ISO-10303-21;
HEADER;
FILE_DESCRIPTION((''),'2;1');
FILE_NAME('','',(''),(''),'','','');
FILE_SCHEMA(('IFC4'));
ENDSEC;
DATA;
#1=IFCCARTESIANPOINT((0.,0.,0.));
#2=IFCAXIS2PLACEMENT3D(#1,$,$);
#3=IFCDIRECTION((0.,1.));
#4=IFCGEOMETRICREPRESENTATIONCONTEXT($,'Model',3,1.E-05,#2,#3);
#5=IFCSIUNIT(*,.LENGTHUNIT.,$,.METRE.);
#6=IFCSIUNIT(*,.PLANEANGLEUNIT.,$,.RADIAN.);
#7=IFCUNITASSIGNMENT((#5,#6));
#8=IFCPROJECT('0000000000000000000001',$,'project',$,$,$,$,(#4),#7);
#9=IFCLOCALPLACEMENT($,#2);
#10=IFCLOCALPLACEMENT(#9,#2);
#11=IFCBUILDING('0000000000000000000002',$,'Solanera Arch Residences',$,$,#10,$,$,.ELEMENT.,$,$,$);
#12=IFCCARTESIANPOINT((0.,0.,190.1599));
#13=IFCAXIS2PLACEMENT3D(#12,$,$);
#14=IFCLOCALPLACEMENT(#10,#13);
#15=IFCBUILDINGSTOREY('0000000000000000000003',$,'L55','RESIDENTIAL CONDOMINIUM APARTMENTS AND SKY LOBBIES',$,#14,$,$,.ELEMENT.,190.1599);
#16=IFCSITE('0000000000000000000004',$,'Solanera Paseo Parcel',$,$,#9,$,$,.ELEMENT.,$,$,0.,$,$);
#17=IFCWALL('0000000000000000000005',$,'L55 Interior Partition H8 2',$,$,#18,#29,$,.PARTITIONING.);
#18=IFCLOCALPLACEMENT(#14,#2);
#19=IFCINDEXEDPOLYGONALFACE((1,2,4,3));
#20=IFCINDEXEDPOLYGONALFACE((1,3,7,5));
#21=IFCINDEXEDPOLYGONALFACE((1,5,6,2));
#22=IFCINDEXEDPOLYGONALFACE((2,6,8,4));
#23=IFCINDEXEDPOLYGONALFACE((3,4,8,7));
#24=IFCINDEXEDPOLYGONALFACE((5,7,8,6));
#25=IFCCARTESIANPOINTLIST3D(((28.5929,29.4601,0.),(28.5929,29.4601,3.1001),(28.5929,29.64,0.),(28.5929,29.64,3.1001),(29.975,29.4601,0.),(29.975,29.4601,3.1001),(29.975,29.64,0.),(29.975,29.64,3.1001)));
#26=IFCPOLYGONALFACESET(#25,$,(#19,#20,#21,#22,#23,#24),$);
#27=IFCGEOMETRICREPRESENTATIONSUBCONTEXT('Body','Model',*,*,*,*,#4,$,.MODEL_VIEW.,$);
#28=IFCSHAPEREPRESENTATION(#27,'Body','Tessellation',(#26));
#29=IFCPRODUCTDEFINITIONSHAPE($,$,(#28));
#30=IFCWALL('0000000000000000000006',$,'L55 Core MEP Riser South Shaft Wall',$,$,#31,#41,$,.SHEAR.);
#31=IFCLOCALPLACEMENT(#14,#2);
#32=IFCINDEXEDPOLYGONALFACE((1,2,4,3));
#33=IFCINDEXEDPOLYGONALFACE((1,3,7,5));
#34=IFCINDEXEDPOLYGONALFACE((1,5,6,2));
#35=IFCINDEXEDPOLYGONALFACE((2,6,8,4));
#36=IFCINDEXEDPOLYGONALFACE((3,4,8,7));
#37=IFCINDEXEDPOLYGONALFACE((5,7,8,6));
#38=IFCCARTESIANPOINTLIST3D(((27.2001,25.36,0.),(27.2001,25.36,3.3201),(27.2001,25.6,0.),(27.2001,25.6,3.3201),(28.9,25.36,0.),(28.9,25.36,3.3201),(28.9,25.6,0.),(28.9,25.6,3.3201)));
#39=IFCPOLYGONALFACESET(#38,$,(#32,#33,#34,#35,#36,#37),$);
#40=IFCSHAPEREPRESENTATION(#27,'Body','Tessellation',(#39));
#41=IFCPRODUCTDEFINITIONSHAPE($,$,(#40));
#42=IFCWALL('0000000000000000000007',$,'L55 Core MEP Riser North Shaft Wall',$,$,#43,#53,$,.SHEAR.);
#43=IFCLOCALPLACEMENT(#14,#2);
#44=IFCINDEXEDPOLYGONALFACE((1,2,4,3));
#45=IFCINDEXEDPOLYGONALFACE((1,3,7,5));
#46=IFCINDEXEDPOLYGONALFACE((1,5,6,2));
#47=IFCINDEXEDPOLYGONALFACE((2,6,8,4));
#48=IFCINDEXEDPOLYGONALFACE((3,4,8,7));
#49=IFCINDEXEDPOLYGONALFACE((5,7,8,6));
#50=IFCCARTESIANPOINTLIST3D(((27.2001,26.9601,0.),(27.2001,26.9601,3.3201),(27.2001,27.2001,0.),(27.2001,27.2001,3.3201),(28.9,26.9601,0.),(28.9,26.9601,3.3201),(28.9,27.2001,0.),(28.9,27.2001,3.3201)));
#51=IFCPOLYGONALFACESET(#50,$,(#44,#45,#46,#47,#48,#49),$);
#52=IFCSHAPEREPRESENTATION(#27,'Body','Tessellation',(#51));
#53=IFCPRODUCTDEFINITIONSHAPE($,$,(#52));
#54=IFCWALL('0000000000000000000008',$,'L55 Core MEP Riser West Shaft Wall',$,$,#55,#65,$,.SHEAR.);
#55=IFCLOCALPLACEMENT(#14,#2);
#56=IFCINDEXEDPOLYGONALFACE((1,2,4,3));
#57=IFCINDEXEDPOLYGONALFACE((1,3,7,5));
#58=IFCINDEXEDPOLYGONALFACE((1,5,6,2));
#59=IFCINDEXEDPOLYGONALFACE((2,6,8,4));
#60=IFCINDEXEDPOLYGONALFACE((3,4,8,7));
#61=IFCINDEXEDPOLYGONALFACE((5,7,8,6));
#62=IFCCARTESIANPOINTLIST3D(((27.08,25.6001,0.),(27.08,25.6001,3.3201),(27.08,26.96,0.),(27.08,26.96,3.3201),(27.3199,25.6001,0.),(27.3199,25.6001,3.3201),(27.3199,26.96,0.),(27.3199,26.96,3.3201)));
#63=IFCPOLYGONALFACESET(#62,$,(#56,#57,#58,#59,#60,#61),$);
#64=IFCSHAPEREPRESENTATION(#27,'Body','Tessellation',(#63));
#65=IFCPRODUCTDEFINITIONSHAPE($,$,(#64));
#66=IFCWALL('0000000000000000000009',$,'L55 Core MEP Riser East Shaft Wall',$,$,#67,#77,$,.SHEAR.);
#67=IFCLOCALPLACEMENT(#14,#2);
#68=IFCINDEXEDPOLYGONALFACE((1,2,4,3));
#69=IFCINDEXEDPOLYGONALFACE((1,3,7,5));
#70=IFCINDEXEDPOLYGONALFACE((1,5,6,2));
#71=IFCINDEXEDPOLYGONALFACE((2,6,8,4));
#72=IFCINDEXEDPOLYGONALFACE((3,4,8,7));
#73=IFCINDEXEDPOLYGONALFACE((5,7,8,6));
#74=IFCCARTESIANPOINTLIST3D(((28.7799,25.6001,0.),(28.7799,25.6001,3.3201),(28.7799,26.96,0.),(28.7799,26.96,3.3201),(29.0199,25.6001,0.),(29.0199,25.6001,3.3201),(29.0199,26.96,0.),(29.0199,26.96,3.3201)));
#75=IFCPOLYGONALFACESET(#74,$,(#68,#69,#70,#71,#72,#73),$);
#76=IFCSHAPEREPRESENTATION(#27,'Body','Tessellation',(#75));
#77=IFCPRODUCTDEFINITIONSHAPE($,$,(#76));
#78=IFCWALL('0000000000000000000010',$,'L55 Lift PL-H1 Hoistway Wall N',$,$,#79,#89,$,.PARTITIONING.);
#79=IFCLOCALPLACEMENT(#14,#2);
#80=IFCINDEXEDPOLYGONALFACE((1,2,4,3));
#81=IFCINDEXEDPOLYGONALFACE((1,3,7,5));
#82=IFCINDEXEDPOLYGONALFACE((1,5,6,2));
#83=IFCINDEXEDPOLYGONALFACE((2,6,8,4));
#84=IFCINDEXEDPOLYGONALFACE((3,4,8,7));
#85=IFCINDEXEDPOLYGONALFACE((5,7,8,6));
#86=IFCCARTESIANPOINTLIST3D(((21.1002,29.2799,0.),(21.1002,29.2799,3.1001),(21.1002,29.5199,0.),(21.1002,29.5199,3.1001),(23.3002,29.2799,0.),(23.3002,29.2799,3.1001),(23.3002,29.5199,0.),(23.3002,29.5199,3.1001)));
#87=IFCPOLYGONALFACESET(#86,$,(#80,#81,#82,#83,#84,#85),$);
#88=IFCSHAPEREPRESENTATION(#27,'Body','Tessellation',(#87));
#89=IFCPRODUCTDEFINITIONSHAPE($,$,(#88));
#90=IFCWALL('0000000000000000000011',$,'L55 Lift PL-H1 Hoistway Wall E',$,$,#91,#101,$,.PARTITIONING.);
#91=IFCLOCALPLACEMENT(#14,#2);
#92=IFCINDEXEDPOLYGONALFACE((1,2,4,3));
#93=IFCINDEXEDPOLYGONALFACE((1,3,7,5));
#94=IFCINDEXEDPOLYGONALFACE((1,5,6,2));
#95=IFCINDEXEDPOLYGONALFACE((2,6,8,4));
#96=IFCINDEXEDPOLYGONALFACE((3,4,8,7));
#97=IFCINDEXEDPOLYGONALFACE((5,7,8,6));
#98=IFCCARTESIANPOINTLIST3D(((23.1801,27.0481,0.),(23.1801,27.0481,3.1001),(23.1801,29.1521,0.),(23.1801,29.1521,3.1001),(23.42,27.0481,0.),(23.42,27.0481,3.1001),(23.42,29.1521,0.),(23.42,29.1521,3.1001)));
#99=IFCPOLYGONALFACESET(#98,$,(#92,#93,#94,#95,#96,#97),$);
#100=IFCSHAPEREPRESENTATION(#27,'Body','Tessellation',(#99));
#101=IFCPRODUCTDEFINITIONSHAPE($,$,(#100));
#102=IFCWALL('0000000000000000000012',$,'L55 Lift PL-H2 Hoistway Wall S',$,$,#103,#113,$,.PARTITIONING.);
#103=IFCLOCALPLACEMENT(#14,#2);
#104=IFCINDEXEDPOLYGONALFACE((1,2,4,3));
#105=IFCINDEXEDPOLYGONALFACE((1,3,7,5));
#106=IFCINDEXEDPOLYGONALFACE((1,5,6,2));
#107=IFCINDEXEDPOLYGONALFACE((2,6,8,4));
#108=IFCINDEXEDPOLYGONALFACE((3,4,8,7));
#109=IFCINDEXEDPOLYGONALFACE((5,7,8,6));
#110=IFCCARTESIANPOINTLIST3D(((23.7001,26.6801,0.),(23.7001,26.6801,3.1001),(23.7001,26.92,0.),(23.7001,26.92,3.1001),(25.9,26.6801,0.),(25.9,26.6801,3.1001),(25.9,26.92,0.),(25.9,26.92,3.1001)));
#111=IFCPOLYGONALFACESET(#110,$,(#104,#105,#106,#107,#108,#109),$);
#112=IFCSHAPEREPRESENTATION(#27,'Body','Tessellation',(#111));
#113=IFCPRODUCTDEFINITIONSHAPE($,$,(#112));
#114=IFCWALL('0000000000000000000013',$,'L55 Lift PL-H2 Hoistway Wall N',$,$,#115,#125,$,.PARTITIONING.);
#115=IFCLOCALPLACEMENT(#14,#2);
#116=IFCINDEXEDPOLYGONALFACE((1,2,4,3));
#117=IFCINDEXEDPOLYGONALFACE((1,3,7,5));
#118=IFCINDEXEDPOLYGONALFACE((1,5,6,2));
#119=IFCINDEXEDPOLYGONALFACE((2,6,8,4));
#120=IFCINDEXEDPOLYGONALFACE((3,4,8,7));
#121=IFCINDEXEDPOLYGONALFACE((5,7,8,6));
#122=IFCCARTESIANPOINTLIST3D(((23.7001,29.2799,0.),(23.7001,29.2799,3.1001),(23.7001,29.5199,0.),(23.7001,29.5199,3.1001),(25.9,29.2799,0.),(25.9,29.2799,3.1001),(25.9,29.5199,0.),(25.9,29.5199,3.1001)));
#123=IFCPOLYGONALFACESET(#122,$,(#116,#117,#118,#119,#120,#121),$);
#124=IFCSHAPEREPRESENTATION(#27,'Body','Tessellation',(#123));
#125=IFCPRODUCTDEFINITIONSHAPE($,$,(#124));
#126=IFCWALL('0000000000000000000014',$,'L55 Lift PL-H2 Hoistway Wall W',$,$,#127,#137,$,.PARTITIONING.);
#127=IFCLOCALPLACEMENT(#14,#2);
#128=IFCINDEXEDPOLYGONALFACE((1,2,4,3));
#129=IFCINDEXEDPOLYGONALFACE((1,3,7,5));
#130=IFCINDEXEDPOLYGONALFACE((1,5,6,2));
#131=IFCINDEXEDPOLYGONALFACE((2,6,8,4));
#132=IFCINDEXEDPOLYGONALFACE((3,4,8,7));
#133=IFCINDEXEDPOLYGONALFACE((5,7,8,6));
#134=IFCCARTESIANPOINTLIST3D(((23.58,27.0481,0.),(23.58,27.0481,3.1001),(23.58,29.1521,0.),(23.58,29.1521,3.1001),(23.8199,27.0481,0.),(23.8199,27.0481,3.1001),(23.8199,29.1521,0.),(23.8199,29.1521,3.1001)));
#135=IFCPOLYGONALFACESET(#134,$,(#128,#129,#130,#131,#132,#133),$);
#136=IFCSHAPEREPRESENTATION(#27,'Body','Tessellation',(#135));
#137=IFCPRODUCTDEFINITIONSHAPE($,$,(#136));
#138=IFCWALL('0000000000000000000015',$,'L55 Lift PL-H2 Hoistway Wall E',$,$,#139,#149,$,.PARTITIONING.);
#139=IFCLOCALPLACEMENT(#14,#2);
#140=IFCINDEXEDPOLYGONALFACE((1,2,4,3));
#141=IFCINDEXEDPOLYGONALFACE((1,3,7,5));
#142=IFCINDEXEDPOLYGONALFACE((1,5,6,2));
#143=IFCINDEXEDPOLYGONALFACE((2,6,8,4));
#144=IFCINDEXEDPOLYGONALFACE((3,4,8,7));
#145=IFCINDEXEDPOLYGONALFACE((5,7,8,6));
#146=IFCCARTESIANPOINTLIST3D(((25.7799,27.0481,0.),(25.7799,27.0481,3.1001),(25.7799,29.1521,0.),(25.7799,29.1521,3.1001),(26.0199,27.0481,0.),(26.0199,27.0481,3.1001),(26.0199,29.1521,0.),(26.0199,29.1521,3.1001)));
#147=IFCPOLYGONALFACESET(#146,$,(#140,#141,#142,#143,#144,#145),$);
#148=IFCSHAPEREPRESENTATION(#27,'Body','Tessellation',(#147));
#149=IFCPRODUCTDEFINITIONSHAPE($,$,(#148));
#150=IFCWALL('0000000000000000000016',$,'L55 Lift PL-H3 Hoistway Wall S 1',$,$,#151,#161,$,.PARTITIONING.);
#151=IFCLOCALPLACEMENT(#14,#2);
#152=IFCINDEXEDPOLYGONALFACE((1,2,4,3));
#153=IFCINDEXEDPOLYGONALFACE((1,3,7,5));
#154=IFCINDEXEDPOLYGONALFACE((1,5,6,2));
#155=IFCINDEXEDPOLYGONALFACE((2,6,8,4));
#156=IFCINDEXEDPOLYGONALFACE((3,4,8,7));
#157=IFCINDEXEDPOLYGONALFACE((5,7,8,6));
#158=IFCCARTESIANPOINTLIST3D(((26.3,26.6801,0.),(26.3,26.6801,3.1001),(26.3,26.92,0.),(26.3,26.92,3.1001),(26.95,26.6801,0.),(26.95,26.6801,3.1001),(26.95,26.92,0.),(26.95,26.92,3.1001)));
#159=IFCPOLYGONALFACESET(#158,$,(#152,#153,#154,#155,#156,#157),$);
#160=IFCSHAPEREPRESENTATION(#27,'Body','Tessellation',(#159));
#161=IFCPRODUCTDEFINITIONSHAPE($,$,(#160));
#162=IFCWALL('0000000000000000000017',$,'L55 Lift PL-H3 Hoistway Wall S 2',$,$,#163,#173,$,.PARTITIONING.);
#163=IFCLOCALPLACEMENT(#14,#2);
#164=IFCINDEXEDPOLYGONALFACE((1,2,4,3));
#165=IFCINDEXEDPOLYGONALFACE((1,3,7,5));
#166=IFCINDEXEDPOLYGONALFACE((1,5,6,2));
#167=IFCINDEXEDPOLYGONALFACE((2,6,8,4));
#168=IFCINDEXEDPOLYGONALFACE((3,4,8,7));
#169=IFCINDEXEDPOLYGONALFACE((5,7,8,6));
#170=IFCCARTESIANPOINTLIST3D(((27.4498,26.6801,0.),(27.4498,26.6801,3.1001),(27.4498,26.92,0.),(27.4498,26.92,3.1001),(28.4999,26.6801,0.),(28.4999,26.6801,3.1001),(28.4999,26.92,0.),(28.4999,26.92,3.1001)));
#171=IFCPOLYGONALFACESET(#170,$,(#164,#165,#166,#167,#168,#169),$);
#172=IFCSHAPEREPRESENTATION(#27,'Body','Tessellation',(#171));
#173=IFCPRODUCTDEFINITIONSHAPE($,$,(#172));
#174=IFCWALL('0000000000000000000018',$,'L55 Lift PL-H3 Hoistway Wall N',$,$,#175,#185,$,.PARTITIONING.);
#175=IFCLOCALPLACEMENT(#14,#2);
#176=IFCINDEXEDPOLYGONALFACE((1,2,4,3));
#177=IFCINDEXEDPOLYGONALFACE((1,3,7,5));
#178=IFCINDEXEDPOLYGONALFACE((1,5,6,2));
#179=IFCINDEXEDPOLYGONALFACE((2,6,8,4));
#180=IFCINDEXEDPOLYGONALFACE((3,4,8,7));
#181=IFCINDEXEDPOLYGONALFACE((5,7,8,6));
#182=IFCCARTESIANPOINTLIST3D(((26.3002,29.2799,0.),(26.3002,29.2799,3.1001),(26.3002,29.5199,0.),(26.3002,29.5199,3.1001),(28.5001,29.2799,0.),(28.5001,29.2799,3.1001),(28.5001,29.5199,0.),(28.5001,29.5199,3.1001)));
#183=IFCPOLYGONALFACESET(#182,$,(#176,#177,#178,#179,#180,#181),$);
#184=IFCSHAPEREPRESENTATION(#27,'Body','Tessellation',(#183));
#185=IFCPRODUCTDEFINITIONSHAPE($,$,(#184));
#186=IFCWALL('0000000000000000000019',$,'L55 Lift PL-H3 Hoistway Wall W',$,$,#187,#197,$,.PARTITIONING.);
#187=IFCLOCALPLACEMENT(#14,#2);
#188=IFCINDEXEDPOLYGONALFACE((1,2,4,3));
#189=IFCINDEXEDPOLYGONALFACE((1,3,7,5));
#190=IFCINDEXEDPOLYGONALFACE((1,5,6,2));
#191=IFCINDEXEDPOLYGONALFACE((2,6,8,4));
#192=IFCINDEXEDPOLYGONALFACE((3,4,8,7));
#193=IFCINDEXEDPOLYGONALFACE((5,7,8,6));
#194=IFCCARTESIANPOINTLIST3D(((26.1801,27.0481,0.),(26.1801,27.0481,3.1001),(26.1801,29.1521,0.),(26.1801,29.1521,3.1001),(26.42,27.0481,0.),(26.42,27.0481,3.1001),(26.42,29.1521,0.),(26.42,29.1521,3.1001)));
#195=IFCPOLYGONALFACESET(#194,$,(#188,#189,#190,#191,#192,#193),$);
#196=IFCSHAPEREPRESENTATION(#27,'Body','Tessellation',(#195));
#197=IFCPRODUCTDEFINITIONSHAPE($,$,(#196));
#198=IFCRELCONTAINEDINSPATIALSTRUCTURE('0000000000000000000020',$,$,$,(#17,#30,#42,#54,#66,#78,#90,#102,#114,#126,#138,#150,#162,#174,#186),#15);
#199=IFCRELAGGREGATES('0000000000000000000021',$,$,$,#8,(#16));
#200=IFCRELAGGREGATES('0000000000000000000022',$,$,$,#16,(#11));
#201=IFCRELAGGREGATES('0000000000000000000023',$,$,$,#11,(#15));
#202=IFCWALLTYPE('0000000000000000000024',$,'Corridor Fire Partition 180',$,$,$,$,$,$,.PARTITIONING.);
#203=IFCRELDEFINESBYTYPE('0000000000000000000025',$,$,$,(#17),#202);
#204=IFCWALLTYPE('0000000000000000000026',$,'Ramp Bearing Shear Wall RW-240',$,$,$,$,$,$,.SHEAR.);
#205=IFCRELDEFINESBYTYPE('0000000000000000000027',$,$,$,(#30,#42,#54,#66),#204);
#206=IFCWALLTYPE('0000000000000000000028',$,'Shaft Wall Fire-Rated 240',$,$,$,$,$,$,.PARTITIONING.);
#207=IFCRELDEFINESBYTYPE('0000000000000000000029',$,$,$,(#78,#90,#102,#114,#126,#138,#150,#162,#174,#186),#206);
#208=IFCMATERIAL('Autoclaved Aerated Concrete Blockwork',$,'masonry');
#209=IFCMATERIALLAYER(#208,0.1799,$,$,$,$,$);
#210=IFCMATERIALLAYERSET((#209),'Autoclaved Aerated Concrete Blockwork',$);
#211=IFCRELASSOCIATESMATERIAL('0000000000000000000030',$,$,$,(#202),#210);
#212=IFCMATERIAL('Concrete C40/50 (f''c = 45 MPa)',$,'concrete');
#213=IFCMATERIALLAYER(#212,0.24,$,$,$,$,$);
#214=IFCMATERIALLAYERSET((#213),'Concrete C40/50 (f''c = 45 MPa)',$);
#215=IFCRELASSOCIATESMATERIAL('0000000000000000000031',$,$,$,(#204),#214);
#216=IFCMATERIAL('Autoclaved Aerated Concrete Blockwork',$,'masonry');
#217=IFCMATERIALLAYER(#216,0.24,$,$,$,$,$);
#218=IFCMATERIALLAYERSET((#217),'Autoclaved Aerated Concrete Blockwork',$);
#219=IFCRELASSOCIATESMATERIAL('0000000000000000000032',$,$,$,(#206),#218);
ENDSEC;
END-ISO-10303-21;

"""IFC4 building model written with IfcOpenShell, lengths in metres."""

from ifc_helpers import new_model, si_unit, direction, frame, frame_2d, origin, place, context, subcontext, project, spatial, rectangle, extrude, material, layer, layer_set, type_object, element, save


model = new_model("IFC4")

# Units and contexts
model_context = context("Model", 3, precision=1e-05, world=origin(), true_north=direction((0.0, 1.0)))
body_context = subcontext(model_context, "Body", "Model", "MODEL_VIEW")
ifc_project = project(units=[si_unit("LENGTHUNIT", "METRE"), si_unit("PLANEANGLEUNIT", "RADIAN")], contexts=[model_context])

# Site, building, storey
site_placement = place(None, origin())
site = spatial("IfcSite", under=ifc_project, at=site_placement, Name="Solanera Paseo Parcel", CompositionType="ELEMENT", RefElevation=0.0)
building_placement = place(site_placement, origin())
building = spatial("IfcBuilding", under=site, at=building_placement, Name="Solanera Arch Residences", CompositionType="ELEMENT")
storey_placement = place(building_placement, frame((0.0, 0.0, 190.1599)))
storey = spatial("IfcBuildingStorey", under=building, at=storey_placement, Name="L55", Description="RESIDENTIAL CONDOMINIUM APARTMENTS AND SKY LOBBIES", CompositionType="ELEMENT", Elevation=190.1599)

# Walls
ifc_material_1 = material(Name="Autoclaved Aerated Concrete Blockwork", Category="masonry")
ifc_layer_1 = layer(ifc_material_1, 0.1799)
ifc_layer_set_1 = layer_set([ifc_layer_1], Name="Autoclaved Aerated Concrete Blockwork")
wall_type_1 = type_object("IfcWallType", Name="Corridor Fire Partition 180", PredefinedType="PARTITIONING", material=ifc_layer_set_1)
wall_1_placement = place(storey_placement, frame((28.593, 29.55, 0.0), z_axis=(0.0, 0.0, 1.0), x_axis=(1.0, 0.0, 0.0)))
element("IfcWall", 1, at=wall_1_placement, inside=storey, type_object=wall_type_1, Name="L55 Interior Partition H8 2", PredefinedType="PARTITIONING", context=body_context, shape_type="SweptSolid", body=[
    extrude(rectangle(XDim=1.3821, YDim=0.1799, at=frame_2d((0.6909, 0.0))), origin(), (0.0, 0.0, 1.0), 3.1001),
])
ifc_material_2 = material(Name="Concrete C40/50 (f'c = 45 MPa)", Category="concrete")
ifc_layer_2 = layer(ifc_material_2, 0.24)
ifc_layer_set_2 = layer_set([ifc_layer_2], Name="Concrete C40/50 (f'c = 45 MPa)")
wall_type_2 = type_object("IfcWallType", Name="Ramp Bearing Shear Wall RW-240", PredefinedType="SHEAR", material=ifc_layer_set_2)
for number, where, z_axis, x_axis, name in (
    (2, (27.2, 25.48, 0.0), (0.0, 0.0, 1.0), (1.0, 0.0, 0.0), "L55 Core MEP Riser South Shaft Wall"),
    (3, (27.2, 27.0801, 0.0), (0.0, 0.0, 1.0), (1.0, 0.0, 0.0), "L55 Core MEP Riser North Shaft Wall"),
):
    element("IfcWall", number, at=place(storey_placement, frame(where, z_axis=z_axis, x_axis=x_axis)), inside=storey, type_object=wall_type_2, Name=name, PredefinedType="SHEAR", context=body_context, shape_type="SweptSolid", body=[
        extrude(rectangle(XDim=1.7, YDim=0.24, at=frame_2d((0.8501, 0.0))), origin(), (0.0, 0.0, 1.0), 3.3201),
    ])
for number, where, z_axis, x_axis, name in (
    (4, (27.2, 25.6001, 0.0), (0.0, 0.0, 1.0), (0.0, 1.0, 0.0), "L55 Core MEP Riser West Shaft Wall"),
    (5, (28.8999, 25.6001, 0.0), (0.0, 0.0, 1.0), (0.0, 1.0, 0.0), "L55 Core MEP Riser East Shaft Wall"),
):
    element("IfcWall", number, at=place(storey_placement, frame(where, z_axis=z_axis, x_axis=x_axis)), inside=storey, type_object=wall_type_2, Name=name, PredefinedType="SHEAR", context=body_context, shape_type="SweptSolid", body=[
        extrude(rectangle(XDim=1.3599, YDim=0.24, at=frame_2d((0.6799, 0.0))), origin(), (0.0, 0.0, 1.0), 3.3201),
    ])
ifc_material_3 = material(Name="Autoclaved Aerated Concrete Blockwork", Category="masonry")
ifc_layer_3 = layer(ifc_material_3, 0.24)
ifc_layer_set_3 = layer_set([ifc_layer_3], Name="Autoclaved Aerated Concrete Blockwork")
wall_type_3 = type_object("IfcWallType", Name="Shaft Wall Fire-Rated 240", PredefinedType="PARTITIONING", material=ifc_layer_set_3)
wall_2_placement = place(storey_placement, frame((21.1001, 29.3999, 0.0), z_axis=(0.0, 0.0, 1.0), x_axis=(1.0, 0.0, 0.0)))
element("IfcWall", 6, at=wall_2_placement, inside=storey, type_object=wall_type_3, Name="L55 Lift PL-H1 Hoistway Wall N", PredefinedType="PARTITIONING", context=body_context, shape_type="SweptSolid", body=[
    extrude(rectangle(XDim=2.2, YDim=0.24, at=frame_2d((1.1001, 0.0))), origin(), (0.0, 0.0, 1.0), 3.1001),
])
wall_3_placement = place(storey_placement, frame((23.3, 27.0481, 0.0), z_axis=(0.0, 0.0, 1.0), x_axis=(0.0, 1.0, 0.0)))
element("IfcWall", 7, at=wall_3_placement, inside=storey, type_object=wall_type_3, Name="L55 Lift PL-H1 Hoistway Wall E", PredefinedType="PARTITIONING", context=body_context, shape_type="SweptSolid", body=[
    extrude(rectangle(XDim=2.104, YDim=0.24, at=frame_2d((1.052, 0.0))), origin(), (0.0, 0.0, 1.0), 3.1001),
])
for number, where, z_axis, x_axis, name in (
    (8, (23.7, 26.8, 0.0), (0.0, 0.0, 1.0), (1.0, 0.0, 0.0), "L55 Lift PL-H2 Hoistway Wall S"),
    (9, (23.7, 29.3999, 0.0), (0.0, 0.0, 1.0), (1.0, 0.0, 0.0), "L55 Lift PL-H2 Hoistway Wall N"),
):
    element("IfcWall", number, at=place(storey_placement, frame(where, z_axis=z_axis, x_axis=x_axis)), inside=storey, type_object=wall_type_3, Name=name, PredefinedType="PARTITIONING", context=body_context, shape_type="SweptSolid", body=[
        extrude(rectangle(XDim=2.2, YDim=0.24, at=frame_2d((1.1001, 0.0))), origin(), (0.0, 0.0, 1.0), 3.1001),
    ])
for number, where, z_axis, x_axis, name in (
    (10, (23.7, 27.0481, 0.0), (0.0, 0.0, 1.0), (0.0, 1.0, 0.0), "L55 Lift PL-H2 Hoistway Wall W"),
    (11, (25.8999, 27.0481, 0.0), (0.0, 0.0, 1.0), (0.0, 1.0, 0.0), "L55 Lift PL-H2 Hoistway Wall E"),
):
    element("IfcWall", number, at=place(storey_placement, frame(where, z_axis=z_axis, x_axis=x_axis)), inside=storey, type_object=wall_type_3, Name=name, PredefinedType="PARTITIONING", context=body_context, shape_type="SweptSolid", body=[
        extrude(rectangle(XDim=2.104, YDim=0.24, at=frame_2d((1.052, 0.0))), origin(), (0.0, 0.0, 1.0), 3.1001),
    ])
wall_4_placement = place(storey_placement, frame((26.3, 26.8, 0.0), z_axis=(0.0, 0.0, 1.0), x_axis=(1.0, 0.0, 0.0)))
element("IfcWall", 12, at=wall_4_placement, inside=storey, type_object=wall_type_3, Name="L55 Lift PL-H3 Hoistway Wall S 1", PredefinedType="PARTITIONING", context=body_context, shape_type="SweptSolid", body=[
    extrude(rectangle(XDim=0.6499, YDim=0.24, at=frame_2d((0.325, 0.0))), origin(), (0.0, 0.0, 1.0), 3.1001),
])
wall_5_placement = place(storey_placement, frame((27.45, 26.8, 0.0), z_axis=(0.0, 0.0, 1.0), x_axis=(1.0, 0.0, 0.0)))
element("IfcWall", 13, at=wall_5_placement, inside=storey, type_object=wall_type_3, Name="L55 Lift PL-H3 Hoistway Wall S 2", PredefinedType="PARTITIONING", context=body_context, shape_type="SweptSolid", body=[
    extrude(rectangle(XDim=1.05, YDim=0.24, at=frame_2d((0.5249, 0.0))), origin(), (0.0, 0.0, 1.0), 3.1001),
])
wall_6_placement = place(storey_placement, frame((26.3, 29.3999, 0.0), z_axis=(0.0, 0.0, 1.0), x_axis=(1.0, 0.0, 0.0)))
element("IfcWall", 14, at=wall_6_placement, inside=storey, type_object=wall_type_3, Name="L55 Lift PL-H3 Hoistway Wall N", PredefinedType="PARTITIONING", context=body_context, shape_type="SweptSolid", body=[
    extrude(rectangle(XDim=2.2, YDim=0.24, at=frame_2d((1.1001, 0.0))), origin(), (0.0, 0.0, 1.0), 3.1001),
])
wall_7_placement = place(storey_placement, frame((26.3, 27.0481, 0.0), z_axis=(0.0, 0.0, 1.0), x_axis=(0.0, 1.0, 0.0)))
element("IfcWall", 15, at=wall_7_placement, inside=storey, type_object=wall_type_3, Name="L55 Lift PL-H3 Hoistway Wall W", PredefinedType="PARTITIONING", context=body_context, shape_type="SweptSolid", body=[
    extrude(rectangle(XDim=2.104, YDim=0.24, at=frame_2d((1.052, 0.0))), origin(), (0.0, 0.0, 1.0), 3.1001),
])

save(model, "model.ifc")
